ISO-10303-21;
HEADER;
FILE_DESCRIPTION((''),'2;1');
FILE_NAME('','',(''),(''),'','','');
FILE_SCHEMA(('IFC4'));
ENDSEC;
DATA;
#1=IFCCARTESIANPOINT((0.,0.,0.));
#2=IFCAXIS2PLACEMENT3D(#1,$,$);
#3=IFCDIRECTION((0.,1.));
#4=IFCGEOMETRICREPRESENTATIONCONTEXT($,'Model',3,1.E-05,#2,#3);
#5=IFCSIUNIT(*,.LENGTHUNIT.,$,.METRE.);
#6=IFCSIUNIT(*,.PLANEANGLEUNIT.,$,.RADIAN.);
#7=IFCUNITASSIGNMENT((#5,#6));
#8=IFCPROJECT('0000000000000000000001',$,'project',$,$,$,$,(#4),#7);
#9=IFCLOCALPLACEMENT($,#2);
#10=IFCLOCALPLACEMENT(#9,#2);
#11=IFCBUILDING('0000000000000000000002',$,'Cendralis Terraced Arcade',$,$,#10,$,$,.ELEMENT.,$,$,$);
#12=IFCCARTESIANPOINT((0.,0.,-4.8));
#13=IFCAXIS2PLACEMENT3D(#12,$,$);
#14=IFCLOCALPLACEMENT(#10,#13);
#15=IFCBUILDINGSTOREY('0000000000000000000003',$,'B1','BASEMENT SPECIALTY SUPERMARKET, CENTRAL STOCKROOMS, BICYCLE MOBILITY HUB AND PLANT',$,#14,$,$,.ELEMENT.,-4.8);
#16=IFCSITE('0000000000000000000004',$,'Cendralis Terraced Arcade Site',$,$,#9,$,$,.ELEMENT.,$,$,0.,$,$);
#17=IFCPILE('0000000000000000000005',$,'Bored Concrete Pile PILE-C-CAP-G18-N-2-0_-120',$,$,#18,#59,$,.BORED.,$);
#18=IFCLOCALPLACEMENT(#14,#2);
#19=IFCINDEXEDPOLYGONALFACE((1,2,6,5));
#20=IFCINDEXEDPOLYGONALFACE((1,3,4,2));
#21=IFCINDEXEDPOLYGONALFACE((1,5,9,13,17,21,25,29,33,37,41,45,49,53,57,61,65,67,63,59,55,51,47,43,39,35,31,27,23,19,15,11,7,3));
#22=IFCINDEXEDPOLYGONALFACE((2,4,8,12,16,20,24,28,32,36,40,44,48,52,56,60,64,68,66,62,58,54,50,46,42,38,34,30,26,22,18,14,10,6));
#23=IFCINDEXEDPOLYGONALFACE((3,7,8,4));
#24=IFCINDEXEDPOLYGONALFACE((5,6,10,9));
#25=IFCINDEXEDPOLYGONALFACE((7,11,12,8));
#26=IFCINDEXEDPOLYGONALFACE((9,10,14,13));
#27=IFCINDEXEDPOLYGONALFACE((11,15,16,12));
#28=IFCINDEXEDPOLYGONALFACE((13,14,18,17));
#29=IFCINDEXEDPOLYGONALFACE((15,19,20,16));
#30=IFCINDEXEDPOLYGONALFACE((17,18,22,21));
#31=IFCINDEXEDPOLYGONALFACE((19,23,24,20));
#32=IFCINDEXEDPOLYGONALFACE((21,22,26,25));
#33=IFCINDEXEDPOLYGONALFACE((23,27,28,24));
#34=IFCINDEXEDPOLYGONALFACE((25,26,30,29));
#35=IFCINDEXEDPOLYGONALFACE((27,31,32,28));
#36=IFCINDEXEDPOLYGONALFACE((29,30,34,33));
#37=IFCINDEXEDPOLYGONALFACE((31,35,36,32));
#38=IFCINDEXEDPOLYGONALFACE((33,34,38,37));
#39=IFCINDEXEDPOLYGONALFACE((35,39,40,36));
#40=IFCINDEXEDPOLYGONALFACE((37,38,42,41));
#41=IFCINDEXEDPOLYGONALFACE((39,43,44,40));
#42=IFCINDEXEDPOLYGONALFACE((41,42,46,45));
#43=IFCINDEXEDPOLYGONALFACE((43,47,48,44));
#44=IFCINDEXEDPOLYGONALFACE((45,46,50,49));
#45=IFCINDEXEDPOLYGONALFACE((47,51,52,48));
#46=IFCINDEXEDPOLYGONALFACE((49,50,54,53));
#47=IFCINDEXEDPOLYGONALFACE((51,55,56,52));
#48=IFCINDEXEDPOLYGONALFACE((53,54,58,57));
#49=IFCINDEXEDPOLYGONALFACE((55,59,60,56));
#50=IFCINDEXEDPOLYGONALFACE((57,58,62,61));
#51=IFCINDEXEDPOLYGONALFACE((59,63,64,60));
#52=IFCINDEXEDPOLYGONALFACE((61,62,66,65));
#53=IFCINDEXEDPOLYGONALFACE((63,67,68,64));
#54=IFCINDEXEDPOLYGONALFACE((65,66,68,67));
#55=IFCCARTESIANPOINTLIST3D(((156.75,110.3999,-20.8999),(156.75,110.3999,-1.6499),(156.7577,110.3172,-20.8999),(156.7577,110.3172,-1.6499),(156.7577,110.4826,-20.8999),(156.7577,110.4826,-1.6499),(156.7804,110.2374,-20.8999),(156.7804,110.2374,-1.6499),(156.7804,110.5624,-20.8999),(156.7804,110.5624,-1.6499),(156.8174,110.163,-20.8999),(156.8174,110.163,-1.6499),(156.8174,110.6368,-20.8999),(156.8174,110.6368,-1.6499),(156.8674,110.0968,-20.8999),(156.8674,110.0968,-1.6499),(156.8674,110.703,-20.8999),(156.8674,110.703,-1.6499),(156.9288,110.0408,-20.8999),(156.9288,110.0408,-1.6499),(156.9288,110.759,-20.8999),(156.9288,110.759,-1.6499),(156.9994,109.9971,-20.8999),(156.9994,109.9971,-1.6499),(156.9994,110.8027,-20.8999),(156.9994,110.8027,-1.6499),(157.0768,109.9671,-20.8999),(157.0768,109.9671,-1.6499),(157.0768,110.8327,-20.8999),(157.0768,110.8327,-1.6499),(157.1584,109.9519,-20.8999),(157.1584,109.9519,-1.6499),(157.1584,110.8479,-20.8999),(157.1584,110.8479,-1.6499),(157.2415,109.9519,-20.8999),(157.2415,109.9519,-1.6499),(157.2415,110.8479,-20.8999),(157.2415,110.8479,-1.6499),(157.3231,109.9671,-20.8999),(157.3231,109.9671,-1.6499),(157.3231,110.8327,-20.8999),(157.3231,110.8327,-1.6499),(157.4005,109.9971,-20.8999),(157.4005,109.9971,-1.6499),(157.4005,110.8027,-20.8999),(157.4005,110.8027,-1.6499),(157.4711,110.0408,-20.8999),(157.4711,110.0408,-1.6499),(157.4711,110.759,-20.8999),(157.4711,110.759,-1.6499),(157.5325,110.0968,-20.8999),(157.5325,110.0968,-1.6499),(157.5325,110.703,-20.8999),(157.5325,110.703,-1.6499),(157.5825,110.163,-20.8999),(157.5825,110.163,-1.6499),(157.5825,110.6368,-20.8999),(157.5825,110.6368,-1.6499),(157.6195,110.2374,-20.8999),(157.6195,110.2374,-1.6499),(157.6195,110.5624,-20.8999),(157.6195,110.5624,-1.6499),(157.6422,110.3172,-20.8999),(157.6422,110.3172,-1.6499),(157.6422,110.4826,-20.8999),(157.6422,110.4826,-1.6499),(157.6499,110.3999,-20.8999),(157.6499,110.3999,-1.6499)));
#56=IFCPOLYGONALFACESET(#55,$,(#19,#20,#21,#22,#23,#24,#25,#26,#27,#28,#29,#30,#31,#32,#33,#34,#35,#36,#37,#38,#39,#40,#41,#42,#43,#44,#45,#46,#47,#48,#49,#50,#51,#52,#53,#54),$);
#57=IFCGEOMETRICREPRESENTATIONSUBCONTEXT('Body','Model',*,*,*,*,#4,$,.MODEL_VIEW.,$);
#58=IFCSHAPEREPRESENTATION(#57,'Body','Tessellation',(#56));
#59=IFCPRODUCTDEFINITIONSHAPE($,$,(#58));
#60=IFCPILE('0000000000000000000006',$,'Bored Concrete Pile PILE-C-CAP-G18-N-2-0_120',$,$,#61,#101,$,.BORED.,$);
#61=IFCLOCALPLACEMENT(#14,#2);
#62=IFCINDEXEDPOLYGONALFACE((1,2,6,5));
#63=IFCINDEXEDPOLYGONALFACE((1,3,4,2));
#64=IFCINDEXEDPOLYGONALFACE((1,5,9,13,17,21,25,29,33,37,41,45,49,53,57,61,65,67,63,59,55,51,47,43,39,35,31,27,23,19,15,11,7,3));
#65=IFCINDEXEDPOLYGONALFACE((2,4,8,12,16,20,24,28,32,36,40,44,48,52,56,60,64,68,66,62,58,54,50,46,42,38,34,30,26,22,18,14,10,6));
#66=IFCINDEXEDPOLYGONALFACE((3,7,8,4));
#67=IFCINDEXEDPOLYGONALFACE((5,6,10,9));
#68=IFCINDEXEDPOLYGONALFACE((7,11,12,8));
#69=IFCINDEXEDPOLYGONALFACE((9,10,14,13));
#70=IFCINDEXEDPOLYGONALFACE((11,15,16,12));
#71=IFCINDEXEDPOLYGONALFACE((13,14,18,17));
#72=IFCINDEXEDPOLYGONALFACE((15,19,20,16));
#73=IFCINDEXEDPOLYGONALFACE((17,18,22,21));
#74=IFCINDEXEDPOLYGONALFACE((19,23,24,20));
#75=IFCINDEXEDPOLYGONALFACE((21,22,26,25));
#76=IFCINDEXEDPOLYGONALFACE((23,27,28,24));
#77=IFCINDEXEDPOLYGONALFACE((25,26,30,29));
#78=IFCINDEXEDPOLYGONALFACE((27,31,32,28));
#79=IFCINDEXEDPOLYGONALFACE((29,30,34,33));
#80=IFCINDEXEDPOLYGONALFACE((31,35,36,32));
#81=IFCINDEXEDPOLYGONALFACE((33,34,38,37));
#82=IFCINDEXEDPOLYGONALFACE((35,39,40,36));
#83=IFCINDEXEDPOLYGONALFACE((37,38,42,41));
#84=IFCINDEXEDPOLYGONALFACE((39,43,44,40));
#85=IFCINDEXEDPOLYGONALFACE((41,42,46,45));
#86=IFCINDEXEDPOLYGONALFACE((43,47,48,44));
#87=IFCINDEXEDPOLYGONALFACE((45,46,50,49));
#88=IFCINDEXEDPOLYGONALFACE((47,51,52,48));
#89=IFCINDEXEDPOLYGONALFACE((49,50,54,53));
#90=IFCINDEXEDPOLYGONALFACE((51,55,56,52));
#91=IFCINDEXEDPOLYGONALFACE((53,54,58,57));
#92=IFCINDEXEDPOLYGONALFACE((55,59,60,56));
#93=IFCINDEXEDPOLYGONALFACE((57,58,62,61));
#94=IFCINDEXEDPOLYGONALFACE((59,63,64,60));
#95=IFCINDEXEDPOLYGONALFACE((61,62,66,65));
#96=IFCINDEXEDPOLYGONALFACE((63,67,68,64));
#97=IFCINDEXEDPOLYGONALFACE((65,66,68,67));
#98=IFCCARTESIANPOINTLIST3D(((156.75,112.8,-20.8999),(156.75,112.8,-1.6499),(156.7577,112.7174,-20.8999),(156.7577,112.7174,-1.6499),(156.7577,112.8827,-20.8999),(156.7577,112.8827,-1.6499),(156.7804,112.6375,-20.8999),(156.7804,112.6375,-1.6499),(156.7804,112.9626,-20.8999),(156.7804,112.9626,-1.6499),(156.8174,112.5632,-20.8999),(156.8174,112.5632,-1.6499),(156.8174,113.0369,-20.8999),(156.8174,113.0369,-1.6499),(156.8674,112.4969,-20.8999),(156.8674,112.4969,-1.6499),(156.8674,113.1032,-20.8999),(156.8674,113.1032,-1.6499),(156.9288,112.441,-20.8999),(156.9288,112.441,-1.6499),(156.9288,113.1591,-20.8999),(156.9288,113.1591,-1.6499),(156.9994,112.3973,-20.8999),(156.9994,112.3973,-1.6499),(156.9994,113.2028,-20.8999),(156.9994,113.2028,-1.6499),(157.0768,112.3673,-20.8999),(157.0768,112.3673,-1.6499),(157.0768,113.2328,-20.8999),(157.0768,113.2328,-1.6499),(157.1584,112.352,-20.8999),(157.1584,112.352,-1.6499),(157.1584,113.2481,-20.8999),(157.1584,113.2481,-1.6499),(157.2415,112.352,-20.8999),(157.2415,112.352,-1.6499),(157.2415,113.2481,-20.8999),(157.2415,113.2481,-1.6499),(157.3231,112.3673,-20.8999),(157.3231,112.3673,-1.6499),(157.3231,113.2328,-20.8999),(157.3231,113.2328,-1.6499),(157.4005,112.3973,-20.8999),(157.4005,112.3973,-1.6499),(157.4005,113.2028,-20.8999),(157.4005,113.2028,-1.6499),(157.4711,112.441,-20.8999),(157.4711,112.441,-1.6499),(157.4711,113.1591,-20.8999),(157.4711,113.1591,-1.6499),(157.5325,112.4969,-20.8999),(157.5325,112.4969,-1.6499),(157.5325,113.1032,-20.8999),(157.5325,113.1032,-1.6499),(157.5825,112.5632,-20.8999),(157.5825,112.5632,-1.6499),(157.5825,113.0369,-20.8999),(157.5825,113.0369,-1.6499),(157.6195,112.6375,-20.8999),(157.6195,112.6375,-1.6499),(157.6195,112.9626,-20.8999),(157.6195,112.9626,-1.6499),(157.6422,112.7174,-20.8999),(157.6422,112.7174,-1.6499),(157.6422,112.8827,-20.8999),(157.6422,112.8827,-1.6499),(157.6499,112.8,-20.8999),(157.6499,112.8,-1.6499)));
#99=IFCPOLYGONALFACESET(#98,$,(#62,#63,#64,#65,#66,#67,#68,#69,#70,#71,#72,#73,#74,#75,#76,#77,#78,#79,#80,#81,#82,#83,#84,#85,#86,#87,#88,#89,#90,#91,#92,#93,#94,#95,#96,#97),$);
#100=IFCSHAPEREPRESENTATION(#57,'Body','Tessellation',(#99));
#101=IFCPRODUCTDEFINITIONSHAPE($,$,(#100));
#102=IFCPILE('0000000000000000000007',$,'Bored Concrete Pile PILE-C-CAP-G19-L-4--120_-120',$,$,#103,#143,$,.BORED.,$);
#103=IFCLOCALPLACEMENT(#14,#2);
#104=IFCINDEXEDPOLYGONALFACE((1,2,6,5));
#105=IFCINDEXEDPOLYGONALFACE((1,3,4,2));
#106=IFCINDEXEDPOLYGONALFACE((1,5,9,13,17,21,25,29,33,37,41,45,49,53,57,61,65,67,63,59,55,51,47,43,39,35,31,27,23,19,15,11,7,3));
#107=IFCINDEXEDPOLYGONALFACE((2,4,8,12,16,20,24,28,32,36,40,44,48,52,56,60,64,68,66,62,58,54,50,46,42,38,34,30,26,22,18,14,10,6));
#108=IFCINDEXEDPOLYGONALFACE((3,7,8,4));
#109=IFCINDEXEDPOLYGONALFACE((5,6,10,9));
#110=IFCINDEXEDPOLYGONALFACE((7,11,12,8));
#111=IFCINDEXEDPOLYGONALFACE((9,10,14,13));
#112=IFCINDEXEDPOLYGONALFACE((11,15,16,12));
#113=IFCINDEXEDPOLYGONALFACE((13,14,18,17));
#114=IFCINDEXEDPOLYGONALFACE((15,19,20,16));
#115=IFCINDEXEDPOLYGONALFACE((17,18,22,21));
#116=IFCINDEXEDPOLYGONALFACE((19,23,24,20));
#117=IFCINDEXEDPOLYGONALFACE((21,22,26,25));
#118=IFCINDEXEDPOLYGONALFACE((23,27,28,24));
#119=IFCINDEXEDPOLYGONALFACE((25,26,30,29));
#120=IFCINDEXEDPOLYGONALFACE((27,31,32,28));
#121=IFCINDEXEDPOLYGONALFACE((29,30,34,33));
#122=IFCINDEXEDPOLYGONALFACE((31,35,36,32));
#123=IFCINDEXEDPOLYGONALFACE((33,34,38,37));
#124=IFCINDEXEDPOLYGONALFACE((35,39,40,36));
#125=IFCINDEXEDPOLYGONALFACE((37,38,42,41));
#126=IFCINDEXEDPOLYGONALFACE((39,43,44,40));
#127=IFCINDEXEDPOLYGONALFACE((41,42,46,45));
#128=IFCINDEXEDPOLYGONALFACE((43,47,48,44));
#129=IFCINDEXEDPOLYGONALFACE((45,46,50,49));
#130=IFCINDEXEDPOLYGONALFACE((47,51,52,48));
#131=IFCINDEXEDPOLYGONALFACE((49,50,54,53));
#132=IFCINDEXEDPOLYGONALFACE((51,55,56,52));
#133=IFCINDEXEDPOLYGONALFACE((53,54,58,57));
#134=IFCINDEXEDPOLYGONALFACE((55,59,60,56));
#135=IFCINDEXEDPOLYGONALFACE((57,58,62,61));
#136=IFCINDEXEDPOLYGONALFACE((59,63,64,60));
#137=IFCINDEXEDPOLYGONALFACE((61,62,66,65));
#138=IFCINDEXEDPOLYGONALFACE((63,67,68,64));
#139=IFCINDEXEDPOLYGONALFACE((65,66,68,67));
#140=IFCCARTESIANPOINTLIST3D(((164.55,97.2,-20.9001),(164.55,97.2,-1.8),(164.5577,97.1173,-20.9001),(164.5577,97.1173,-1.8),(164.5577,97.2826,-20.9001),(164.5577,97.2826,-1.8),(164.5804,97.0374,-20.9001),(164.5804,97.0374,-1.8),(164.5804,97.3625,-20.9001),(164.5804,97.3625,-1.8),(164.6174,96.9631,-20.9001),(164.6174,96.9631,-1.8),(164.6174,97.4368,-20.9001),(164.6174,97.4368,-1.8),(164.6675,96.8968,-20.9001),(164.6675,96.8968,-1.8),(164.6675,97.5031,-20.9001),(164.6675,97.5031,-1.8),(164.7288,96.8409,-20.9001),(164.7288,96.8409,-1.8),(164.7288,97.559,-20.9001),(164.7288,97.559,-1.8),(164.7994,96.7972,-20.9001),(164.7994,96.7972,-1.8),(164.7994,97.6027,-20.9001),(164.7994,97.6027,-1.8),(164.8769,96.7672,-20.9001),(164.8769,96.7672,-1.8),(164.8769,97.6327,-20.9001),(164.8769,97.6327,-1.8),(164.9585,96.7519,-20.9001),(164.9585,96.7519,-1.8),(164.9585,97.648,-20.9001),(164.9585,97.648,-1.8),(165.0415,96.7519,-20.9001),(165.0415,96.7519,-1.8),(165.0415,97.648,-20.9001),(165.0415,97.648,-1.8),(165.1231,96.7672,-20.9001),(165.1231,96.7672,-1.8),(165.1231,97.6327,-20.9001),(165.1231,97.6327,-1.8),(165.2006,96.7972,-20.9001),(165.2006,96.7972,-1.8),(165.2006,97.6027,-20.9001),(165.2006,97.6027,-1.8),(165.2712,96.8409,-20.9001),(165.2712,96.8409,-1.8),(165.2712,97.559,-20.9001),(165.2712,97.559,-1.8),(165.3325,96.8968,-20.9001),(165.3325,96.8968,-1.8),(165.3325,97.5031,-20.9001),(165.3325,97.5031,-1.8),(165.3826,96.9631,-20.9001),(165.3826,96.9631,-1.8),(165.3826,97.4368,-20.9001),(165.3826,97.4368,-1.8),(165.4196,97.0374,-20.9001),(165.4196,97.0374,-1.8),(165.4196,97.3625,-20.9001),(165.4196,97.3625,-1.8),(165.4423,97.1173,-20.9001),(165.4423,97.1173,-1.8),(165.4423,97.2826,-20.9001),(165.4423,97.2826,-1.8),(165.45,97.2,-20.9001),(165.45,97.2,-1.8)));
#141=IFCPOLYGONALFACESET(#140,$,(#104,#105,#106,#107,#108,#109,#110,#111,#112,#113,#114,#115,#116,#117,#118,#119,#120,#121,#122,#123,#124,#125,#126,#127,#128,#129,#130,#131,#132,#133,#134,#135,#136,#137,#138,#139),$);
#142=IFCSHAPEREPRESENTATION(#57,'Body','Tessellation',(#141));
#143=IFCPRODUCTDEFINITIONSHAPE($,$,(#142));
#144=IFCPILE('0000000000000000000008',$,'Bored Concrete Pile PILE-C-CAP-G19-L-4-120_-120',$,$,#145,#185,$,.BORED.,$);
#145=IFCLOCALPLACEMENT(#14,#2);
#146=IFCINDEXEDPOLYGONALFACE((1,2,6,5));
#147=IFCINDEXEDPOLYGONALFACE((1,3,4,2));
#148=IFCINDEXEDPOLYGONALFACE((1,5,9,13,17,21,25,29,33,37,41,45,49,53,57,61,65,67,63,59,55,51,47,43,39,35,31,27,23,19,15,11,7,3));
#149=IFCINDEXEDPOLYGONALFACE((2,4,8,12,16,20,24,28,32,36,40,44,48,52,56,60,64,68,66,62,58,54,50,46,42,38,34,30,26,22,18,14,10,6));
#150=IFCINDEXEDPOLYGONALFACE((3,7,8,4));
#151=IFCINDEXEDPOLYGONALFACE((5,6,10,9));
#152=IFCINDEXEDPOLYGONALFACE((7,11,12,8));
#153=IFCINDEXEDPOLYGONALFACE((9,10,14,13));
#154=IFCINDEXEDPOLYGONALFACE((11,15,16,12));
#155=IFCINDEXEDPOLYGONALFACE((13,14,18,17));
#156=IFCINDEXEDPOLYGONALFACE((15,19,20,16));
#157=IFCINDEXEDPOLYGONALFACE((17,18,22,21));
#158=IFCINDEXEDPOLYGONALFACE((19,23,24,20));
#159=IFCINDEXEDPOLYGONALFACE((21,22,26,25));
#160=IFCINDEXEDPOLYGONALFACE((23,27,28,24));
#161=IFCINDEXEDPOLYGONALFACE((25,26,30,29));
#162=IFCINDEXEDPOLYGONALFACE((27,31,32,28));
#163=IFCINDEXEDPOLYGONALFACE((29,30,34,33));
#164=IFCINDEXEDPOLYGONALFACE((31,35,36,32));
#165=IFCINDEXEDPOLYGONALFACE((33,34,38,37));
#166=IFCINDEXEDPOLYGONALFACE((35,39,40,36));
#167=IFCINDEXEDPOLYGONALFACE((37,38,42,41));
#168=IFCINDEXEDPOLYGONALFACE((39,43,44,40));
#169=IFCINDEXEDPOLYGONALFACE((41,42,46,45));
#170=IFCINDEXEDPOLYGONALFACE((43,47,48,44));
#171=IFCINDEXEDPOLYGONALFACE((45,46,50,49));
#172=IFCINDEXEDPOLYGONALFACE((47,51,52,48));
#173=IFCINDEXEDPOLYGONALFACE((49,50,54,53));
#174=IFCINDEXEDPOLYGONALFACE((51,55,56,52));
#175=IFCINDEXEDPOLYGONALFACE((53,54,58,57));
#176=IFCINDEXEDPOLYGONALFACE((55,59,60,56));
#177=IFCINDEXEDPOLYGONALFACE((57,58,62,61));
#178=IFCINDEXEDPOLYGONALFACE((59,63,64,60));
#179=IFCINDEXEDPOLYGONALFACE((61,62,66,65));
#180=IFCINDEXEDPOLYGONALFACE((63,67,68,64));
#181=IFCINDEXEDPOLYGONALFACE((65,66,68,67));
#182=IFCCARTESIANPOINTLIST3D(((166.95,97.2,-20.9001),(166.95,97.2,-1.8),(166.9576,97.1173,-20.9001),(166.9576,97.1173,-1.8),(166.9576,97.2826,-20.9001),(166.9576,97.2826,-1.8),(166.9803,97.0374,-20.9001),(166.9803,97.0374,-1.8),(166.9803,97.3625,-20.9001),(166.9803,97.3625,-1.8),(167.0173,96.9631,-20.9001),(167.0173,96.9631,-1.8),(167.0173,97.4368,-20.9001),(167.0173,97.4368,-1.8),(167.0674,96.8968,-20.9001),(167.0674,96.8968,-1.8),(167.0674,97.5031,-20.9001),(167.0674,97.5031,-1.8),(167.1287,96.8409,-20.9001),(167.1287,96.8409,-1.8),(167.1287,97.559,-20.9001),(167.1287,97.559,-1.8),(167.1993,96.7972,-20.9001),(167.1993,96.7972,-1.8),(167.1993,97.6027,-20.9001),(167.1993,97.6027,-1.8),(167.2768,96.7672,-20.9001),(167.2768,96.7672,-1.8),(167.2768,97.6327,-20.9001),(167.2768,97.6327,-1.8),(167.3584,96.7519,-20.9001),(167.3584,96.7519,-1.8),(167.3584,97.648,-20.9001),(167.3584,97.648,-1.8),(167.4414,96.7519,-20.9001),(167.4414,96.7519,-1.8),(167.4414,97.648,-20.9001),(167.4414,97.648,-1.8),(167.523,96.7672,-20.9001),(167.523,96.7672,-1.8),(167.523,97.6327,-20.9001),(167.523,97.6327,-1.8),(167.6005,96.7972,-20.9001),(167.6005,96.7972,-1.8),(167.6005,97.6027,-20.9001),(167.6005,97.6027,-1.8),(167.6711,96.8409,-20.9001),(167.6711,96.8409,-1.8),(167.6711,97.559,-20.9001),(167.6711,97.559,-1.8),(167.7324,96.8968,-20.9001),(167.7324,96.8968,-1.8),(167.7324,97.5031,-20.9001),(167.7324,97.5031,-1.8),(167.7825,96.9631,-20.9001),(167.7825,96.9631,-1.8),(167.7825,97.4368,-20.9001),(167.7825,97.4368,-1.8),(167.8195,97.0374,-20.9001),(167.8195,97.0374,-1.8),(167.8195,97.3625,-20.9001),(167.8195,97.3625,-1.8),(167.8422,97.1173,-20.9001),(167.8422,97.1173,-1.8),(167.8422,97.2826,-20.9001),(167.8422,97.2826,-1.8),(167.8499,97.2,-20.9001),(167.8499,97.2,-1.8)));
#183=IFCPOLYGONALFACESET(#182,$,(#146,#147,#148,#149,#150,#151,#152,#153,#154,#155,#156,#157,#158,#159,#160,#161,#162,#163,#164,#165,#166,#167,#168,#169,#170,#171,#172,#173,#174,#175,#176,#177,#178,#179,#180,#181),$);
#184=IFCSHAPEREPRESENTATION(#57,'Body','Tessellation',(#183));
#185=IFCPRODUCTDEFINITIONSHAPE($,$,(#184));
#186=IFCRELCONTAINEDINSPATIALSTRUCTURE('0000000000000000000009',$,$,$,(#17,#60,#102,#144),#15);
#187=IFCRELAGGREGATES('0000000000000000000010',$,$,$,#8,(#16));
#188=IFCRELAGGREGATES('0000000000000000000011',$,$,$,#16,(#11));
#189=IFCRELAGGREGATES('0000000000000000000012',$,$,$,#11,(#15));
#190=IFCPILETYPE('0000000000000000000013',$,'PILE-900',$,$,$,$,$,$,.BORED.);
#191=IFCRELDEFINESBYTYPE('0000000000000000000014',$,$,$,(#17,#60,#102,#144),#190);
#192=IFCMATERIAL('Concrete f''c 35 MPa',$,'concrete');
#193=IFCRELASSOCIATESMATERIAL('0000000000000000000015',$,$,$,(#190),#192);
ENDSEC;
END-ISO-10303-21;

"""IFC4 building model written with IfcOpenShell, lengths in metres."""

from ifc_helpers import new_model, si_unit, direction, frame, origin, origin_2d, place, context, subcontext, project, spatial, circle, extrude, material, material_profile, profile_set, type_object, element, save


model = new_model("IFC4")

# Units and contexts
model_context = context("Model", 3, precision=1e-05, world=origin(), true_north=direction((0.0, 1.0)))
body_context = subcontext(model_context, "Body", "Model", "MODEL_VIEW")
ifc_project = project(units=[si_unit("LENGTHUNIT", "METRE"), si_unit("PLANEANGLEUNIT", "RADIAN")], contexts=[model_context])

# Site, building, storey
site_placement = place(None, origin())
site = spatial("IfcSite", under=ifc_project, at=site_placement, Name="Cendralis Terraced Arcade Site", CompositionType="ELEMENT", RefElevation=0.0)
building_placement = place(site_placement, origin())
building = spatial("IfcBuilding", under=site, at=building_placement, Name="Cendralis Terraced Arcade", CompositionType="ELEMENT")
storey_placement = place(building_placement, frame((0.0, 0.0, -4.8)))
storey = spatial("IfcBuildingStorey", under=building, at=storey_placement, Name="B1", Description="BASEMENT SPECIALTY SUPERMARKET, CENTRAL STOCKROOMS, BICYCLE MOBILITY HUB AND PLANT", CompositionType="ELEMENT", Elevation=-4.8)

# Shared definitions
ifc_material_1 = material(Name="Concrete f'c 35 MPa", Category="concrete")

# Piles
ifc_material_profile_1 = material_profile(ifc_material_1, circle(Radius=0.45, at=origin_2d()), Name="PILE-D900", Category="LoadBearing")
ifc_profile_set_1 = profile_set([ifc_material_profile_1], Name="Concrete f'c 35 MPa")
pile_type_1 = type_object("IfcPileType", Name="PILE-900", PredefinedType="BORED", material=ifc_profile_set_1)
for number, where, z_axis, x_axis, name in (
    (1, (157.2, 110.3999, -1.6499), (0.0, 0.0, -1.0), (1.0, 0.0, 0.0), "Bored Concrete Pile PILE-C-CAP-G18-N-2-0_-120"),
    (2, (157.2, 112.8, -1.6499), (0.0, 0.0, -1.0), (1.0, 0.0, 0.0), "Bored Concrete Pile PILE-C-CAP-G18-N-2-0_120"),
):
    element("IfcPile", number, at=place(storey_placement, frame(where, z_axis=z_axis, x_axis=x_axis)), inside=storey, type_object=pile_type_1, Name=name, PredefinedType="BORED", context=body_context, shape_type="SweptSolid", body=[
        extrude(circle(Radius=0.45, at=origin_2d()), origin(), (0.0, 0.0, 1.0), 19.25),
    ])
for number, where, z_axis, x_axis, name in (
    (3, (165.0, 97.2, -1.8), (0.0, 0.0, -1.0), (1.0, 0.0, 0.0), "Bored Concrete Pile PILE-C-CAP-G19-L-4--120_-120"),
    (4, (167.3999, 97.2, -1.8), (0.0, 0.0, -1.0), (1.0, 0.0, 0.0), "Bored Concrete Pile PILE-C-CAP-G19-L-4-120_-120"),
):
    element("IfcPile", number, at=place(storey_placement, frame(where, z_axis=z_axis, x_axis=x_axis)), inside=storey, type_object=pile_type_1, Name=name, PredefinedType="BORED", context=body_context, shape_type="SweptSolid", body=[
        extrude(circle(Radius=0.45, at=origin_2d()), origin(), (0.0, 0.0, 1.0), 19.1001),
    ])

save(model, "model.ifc")
